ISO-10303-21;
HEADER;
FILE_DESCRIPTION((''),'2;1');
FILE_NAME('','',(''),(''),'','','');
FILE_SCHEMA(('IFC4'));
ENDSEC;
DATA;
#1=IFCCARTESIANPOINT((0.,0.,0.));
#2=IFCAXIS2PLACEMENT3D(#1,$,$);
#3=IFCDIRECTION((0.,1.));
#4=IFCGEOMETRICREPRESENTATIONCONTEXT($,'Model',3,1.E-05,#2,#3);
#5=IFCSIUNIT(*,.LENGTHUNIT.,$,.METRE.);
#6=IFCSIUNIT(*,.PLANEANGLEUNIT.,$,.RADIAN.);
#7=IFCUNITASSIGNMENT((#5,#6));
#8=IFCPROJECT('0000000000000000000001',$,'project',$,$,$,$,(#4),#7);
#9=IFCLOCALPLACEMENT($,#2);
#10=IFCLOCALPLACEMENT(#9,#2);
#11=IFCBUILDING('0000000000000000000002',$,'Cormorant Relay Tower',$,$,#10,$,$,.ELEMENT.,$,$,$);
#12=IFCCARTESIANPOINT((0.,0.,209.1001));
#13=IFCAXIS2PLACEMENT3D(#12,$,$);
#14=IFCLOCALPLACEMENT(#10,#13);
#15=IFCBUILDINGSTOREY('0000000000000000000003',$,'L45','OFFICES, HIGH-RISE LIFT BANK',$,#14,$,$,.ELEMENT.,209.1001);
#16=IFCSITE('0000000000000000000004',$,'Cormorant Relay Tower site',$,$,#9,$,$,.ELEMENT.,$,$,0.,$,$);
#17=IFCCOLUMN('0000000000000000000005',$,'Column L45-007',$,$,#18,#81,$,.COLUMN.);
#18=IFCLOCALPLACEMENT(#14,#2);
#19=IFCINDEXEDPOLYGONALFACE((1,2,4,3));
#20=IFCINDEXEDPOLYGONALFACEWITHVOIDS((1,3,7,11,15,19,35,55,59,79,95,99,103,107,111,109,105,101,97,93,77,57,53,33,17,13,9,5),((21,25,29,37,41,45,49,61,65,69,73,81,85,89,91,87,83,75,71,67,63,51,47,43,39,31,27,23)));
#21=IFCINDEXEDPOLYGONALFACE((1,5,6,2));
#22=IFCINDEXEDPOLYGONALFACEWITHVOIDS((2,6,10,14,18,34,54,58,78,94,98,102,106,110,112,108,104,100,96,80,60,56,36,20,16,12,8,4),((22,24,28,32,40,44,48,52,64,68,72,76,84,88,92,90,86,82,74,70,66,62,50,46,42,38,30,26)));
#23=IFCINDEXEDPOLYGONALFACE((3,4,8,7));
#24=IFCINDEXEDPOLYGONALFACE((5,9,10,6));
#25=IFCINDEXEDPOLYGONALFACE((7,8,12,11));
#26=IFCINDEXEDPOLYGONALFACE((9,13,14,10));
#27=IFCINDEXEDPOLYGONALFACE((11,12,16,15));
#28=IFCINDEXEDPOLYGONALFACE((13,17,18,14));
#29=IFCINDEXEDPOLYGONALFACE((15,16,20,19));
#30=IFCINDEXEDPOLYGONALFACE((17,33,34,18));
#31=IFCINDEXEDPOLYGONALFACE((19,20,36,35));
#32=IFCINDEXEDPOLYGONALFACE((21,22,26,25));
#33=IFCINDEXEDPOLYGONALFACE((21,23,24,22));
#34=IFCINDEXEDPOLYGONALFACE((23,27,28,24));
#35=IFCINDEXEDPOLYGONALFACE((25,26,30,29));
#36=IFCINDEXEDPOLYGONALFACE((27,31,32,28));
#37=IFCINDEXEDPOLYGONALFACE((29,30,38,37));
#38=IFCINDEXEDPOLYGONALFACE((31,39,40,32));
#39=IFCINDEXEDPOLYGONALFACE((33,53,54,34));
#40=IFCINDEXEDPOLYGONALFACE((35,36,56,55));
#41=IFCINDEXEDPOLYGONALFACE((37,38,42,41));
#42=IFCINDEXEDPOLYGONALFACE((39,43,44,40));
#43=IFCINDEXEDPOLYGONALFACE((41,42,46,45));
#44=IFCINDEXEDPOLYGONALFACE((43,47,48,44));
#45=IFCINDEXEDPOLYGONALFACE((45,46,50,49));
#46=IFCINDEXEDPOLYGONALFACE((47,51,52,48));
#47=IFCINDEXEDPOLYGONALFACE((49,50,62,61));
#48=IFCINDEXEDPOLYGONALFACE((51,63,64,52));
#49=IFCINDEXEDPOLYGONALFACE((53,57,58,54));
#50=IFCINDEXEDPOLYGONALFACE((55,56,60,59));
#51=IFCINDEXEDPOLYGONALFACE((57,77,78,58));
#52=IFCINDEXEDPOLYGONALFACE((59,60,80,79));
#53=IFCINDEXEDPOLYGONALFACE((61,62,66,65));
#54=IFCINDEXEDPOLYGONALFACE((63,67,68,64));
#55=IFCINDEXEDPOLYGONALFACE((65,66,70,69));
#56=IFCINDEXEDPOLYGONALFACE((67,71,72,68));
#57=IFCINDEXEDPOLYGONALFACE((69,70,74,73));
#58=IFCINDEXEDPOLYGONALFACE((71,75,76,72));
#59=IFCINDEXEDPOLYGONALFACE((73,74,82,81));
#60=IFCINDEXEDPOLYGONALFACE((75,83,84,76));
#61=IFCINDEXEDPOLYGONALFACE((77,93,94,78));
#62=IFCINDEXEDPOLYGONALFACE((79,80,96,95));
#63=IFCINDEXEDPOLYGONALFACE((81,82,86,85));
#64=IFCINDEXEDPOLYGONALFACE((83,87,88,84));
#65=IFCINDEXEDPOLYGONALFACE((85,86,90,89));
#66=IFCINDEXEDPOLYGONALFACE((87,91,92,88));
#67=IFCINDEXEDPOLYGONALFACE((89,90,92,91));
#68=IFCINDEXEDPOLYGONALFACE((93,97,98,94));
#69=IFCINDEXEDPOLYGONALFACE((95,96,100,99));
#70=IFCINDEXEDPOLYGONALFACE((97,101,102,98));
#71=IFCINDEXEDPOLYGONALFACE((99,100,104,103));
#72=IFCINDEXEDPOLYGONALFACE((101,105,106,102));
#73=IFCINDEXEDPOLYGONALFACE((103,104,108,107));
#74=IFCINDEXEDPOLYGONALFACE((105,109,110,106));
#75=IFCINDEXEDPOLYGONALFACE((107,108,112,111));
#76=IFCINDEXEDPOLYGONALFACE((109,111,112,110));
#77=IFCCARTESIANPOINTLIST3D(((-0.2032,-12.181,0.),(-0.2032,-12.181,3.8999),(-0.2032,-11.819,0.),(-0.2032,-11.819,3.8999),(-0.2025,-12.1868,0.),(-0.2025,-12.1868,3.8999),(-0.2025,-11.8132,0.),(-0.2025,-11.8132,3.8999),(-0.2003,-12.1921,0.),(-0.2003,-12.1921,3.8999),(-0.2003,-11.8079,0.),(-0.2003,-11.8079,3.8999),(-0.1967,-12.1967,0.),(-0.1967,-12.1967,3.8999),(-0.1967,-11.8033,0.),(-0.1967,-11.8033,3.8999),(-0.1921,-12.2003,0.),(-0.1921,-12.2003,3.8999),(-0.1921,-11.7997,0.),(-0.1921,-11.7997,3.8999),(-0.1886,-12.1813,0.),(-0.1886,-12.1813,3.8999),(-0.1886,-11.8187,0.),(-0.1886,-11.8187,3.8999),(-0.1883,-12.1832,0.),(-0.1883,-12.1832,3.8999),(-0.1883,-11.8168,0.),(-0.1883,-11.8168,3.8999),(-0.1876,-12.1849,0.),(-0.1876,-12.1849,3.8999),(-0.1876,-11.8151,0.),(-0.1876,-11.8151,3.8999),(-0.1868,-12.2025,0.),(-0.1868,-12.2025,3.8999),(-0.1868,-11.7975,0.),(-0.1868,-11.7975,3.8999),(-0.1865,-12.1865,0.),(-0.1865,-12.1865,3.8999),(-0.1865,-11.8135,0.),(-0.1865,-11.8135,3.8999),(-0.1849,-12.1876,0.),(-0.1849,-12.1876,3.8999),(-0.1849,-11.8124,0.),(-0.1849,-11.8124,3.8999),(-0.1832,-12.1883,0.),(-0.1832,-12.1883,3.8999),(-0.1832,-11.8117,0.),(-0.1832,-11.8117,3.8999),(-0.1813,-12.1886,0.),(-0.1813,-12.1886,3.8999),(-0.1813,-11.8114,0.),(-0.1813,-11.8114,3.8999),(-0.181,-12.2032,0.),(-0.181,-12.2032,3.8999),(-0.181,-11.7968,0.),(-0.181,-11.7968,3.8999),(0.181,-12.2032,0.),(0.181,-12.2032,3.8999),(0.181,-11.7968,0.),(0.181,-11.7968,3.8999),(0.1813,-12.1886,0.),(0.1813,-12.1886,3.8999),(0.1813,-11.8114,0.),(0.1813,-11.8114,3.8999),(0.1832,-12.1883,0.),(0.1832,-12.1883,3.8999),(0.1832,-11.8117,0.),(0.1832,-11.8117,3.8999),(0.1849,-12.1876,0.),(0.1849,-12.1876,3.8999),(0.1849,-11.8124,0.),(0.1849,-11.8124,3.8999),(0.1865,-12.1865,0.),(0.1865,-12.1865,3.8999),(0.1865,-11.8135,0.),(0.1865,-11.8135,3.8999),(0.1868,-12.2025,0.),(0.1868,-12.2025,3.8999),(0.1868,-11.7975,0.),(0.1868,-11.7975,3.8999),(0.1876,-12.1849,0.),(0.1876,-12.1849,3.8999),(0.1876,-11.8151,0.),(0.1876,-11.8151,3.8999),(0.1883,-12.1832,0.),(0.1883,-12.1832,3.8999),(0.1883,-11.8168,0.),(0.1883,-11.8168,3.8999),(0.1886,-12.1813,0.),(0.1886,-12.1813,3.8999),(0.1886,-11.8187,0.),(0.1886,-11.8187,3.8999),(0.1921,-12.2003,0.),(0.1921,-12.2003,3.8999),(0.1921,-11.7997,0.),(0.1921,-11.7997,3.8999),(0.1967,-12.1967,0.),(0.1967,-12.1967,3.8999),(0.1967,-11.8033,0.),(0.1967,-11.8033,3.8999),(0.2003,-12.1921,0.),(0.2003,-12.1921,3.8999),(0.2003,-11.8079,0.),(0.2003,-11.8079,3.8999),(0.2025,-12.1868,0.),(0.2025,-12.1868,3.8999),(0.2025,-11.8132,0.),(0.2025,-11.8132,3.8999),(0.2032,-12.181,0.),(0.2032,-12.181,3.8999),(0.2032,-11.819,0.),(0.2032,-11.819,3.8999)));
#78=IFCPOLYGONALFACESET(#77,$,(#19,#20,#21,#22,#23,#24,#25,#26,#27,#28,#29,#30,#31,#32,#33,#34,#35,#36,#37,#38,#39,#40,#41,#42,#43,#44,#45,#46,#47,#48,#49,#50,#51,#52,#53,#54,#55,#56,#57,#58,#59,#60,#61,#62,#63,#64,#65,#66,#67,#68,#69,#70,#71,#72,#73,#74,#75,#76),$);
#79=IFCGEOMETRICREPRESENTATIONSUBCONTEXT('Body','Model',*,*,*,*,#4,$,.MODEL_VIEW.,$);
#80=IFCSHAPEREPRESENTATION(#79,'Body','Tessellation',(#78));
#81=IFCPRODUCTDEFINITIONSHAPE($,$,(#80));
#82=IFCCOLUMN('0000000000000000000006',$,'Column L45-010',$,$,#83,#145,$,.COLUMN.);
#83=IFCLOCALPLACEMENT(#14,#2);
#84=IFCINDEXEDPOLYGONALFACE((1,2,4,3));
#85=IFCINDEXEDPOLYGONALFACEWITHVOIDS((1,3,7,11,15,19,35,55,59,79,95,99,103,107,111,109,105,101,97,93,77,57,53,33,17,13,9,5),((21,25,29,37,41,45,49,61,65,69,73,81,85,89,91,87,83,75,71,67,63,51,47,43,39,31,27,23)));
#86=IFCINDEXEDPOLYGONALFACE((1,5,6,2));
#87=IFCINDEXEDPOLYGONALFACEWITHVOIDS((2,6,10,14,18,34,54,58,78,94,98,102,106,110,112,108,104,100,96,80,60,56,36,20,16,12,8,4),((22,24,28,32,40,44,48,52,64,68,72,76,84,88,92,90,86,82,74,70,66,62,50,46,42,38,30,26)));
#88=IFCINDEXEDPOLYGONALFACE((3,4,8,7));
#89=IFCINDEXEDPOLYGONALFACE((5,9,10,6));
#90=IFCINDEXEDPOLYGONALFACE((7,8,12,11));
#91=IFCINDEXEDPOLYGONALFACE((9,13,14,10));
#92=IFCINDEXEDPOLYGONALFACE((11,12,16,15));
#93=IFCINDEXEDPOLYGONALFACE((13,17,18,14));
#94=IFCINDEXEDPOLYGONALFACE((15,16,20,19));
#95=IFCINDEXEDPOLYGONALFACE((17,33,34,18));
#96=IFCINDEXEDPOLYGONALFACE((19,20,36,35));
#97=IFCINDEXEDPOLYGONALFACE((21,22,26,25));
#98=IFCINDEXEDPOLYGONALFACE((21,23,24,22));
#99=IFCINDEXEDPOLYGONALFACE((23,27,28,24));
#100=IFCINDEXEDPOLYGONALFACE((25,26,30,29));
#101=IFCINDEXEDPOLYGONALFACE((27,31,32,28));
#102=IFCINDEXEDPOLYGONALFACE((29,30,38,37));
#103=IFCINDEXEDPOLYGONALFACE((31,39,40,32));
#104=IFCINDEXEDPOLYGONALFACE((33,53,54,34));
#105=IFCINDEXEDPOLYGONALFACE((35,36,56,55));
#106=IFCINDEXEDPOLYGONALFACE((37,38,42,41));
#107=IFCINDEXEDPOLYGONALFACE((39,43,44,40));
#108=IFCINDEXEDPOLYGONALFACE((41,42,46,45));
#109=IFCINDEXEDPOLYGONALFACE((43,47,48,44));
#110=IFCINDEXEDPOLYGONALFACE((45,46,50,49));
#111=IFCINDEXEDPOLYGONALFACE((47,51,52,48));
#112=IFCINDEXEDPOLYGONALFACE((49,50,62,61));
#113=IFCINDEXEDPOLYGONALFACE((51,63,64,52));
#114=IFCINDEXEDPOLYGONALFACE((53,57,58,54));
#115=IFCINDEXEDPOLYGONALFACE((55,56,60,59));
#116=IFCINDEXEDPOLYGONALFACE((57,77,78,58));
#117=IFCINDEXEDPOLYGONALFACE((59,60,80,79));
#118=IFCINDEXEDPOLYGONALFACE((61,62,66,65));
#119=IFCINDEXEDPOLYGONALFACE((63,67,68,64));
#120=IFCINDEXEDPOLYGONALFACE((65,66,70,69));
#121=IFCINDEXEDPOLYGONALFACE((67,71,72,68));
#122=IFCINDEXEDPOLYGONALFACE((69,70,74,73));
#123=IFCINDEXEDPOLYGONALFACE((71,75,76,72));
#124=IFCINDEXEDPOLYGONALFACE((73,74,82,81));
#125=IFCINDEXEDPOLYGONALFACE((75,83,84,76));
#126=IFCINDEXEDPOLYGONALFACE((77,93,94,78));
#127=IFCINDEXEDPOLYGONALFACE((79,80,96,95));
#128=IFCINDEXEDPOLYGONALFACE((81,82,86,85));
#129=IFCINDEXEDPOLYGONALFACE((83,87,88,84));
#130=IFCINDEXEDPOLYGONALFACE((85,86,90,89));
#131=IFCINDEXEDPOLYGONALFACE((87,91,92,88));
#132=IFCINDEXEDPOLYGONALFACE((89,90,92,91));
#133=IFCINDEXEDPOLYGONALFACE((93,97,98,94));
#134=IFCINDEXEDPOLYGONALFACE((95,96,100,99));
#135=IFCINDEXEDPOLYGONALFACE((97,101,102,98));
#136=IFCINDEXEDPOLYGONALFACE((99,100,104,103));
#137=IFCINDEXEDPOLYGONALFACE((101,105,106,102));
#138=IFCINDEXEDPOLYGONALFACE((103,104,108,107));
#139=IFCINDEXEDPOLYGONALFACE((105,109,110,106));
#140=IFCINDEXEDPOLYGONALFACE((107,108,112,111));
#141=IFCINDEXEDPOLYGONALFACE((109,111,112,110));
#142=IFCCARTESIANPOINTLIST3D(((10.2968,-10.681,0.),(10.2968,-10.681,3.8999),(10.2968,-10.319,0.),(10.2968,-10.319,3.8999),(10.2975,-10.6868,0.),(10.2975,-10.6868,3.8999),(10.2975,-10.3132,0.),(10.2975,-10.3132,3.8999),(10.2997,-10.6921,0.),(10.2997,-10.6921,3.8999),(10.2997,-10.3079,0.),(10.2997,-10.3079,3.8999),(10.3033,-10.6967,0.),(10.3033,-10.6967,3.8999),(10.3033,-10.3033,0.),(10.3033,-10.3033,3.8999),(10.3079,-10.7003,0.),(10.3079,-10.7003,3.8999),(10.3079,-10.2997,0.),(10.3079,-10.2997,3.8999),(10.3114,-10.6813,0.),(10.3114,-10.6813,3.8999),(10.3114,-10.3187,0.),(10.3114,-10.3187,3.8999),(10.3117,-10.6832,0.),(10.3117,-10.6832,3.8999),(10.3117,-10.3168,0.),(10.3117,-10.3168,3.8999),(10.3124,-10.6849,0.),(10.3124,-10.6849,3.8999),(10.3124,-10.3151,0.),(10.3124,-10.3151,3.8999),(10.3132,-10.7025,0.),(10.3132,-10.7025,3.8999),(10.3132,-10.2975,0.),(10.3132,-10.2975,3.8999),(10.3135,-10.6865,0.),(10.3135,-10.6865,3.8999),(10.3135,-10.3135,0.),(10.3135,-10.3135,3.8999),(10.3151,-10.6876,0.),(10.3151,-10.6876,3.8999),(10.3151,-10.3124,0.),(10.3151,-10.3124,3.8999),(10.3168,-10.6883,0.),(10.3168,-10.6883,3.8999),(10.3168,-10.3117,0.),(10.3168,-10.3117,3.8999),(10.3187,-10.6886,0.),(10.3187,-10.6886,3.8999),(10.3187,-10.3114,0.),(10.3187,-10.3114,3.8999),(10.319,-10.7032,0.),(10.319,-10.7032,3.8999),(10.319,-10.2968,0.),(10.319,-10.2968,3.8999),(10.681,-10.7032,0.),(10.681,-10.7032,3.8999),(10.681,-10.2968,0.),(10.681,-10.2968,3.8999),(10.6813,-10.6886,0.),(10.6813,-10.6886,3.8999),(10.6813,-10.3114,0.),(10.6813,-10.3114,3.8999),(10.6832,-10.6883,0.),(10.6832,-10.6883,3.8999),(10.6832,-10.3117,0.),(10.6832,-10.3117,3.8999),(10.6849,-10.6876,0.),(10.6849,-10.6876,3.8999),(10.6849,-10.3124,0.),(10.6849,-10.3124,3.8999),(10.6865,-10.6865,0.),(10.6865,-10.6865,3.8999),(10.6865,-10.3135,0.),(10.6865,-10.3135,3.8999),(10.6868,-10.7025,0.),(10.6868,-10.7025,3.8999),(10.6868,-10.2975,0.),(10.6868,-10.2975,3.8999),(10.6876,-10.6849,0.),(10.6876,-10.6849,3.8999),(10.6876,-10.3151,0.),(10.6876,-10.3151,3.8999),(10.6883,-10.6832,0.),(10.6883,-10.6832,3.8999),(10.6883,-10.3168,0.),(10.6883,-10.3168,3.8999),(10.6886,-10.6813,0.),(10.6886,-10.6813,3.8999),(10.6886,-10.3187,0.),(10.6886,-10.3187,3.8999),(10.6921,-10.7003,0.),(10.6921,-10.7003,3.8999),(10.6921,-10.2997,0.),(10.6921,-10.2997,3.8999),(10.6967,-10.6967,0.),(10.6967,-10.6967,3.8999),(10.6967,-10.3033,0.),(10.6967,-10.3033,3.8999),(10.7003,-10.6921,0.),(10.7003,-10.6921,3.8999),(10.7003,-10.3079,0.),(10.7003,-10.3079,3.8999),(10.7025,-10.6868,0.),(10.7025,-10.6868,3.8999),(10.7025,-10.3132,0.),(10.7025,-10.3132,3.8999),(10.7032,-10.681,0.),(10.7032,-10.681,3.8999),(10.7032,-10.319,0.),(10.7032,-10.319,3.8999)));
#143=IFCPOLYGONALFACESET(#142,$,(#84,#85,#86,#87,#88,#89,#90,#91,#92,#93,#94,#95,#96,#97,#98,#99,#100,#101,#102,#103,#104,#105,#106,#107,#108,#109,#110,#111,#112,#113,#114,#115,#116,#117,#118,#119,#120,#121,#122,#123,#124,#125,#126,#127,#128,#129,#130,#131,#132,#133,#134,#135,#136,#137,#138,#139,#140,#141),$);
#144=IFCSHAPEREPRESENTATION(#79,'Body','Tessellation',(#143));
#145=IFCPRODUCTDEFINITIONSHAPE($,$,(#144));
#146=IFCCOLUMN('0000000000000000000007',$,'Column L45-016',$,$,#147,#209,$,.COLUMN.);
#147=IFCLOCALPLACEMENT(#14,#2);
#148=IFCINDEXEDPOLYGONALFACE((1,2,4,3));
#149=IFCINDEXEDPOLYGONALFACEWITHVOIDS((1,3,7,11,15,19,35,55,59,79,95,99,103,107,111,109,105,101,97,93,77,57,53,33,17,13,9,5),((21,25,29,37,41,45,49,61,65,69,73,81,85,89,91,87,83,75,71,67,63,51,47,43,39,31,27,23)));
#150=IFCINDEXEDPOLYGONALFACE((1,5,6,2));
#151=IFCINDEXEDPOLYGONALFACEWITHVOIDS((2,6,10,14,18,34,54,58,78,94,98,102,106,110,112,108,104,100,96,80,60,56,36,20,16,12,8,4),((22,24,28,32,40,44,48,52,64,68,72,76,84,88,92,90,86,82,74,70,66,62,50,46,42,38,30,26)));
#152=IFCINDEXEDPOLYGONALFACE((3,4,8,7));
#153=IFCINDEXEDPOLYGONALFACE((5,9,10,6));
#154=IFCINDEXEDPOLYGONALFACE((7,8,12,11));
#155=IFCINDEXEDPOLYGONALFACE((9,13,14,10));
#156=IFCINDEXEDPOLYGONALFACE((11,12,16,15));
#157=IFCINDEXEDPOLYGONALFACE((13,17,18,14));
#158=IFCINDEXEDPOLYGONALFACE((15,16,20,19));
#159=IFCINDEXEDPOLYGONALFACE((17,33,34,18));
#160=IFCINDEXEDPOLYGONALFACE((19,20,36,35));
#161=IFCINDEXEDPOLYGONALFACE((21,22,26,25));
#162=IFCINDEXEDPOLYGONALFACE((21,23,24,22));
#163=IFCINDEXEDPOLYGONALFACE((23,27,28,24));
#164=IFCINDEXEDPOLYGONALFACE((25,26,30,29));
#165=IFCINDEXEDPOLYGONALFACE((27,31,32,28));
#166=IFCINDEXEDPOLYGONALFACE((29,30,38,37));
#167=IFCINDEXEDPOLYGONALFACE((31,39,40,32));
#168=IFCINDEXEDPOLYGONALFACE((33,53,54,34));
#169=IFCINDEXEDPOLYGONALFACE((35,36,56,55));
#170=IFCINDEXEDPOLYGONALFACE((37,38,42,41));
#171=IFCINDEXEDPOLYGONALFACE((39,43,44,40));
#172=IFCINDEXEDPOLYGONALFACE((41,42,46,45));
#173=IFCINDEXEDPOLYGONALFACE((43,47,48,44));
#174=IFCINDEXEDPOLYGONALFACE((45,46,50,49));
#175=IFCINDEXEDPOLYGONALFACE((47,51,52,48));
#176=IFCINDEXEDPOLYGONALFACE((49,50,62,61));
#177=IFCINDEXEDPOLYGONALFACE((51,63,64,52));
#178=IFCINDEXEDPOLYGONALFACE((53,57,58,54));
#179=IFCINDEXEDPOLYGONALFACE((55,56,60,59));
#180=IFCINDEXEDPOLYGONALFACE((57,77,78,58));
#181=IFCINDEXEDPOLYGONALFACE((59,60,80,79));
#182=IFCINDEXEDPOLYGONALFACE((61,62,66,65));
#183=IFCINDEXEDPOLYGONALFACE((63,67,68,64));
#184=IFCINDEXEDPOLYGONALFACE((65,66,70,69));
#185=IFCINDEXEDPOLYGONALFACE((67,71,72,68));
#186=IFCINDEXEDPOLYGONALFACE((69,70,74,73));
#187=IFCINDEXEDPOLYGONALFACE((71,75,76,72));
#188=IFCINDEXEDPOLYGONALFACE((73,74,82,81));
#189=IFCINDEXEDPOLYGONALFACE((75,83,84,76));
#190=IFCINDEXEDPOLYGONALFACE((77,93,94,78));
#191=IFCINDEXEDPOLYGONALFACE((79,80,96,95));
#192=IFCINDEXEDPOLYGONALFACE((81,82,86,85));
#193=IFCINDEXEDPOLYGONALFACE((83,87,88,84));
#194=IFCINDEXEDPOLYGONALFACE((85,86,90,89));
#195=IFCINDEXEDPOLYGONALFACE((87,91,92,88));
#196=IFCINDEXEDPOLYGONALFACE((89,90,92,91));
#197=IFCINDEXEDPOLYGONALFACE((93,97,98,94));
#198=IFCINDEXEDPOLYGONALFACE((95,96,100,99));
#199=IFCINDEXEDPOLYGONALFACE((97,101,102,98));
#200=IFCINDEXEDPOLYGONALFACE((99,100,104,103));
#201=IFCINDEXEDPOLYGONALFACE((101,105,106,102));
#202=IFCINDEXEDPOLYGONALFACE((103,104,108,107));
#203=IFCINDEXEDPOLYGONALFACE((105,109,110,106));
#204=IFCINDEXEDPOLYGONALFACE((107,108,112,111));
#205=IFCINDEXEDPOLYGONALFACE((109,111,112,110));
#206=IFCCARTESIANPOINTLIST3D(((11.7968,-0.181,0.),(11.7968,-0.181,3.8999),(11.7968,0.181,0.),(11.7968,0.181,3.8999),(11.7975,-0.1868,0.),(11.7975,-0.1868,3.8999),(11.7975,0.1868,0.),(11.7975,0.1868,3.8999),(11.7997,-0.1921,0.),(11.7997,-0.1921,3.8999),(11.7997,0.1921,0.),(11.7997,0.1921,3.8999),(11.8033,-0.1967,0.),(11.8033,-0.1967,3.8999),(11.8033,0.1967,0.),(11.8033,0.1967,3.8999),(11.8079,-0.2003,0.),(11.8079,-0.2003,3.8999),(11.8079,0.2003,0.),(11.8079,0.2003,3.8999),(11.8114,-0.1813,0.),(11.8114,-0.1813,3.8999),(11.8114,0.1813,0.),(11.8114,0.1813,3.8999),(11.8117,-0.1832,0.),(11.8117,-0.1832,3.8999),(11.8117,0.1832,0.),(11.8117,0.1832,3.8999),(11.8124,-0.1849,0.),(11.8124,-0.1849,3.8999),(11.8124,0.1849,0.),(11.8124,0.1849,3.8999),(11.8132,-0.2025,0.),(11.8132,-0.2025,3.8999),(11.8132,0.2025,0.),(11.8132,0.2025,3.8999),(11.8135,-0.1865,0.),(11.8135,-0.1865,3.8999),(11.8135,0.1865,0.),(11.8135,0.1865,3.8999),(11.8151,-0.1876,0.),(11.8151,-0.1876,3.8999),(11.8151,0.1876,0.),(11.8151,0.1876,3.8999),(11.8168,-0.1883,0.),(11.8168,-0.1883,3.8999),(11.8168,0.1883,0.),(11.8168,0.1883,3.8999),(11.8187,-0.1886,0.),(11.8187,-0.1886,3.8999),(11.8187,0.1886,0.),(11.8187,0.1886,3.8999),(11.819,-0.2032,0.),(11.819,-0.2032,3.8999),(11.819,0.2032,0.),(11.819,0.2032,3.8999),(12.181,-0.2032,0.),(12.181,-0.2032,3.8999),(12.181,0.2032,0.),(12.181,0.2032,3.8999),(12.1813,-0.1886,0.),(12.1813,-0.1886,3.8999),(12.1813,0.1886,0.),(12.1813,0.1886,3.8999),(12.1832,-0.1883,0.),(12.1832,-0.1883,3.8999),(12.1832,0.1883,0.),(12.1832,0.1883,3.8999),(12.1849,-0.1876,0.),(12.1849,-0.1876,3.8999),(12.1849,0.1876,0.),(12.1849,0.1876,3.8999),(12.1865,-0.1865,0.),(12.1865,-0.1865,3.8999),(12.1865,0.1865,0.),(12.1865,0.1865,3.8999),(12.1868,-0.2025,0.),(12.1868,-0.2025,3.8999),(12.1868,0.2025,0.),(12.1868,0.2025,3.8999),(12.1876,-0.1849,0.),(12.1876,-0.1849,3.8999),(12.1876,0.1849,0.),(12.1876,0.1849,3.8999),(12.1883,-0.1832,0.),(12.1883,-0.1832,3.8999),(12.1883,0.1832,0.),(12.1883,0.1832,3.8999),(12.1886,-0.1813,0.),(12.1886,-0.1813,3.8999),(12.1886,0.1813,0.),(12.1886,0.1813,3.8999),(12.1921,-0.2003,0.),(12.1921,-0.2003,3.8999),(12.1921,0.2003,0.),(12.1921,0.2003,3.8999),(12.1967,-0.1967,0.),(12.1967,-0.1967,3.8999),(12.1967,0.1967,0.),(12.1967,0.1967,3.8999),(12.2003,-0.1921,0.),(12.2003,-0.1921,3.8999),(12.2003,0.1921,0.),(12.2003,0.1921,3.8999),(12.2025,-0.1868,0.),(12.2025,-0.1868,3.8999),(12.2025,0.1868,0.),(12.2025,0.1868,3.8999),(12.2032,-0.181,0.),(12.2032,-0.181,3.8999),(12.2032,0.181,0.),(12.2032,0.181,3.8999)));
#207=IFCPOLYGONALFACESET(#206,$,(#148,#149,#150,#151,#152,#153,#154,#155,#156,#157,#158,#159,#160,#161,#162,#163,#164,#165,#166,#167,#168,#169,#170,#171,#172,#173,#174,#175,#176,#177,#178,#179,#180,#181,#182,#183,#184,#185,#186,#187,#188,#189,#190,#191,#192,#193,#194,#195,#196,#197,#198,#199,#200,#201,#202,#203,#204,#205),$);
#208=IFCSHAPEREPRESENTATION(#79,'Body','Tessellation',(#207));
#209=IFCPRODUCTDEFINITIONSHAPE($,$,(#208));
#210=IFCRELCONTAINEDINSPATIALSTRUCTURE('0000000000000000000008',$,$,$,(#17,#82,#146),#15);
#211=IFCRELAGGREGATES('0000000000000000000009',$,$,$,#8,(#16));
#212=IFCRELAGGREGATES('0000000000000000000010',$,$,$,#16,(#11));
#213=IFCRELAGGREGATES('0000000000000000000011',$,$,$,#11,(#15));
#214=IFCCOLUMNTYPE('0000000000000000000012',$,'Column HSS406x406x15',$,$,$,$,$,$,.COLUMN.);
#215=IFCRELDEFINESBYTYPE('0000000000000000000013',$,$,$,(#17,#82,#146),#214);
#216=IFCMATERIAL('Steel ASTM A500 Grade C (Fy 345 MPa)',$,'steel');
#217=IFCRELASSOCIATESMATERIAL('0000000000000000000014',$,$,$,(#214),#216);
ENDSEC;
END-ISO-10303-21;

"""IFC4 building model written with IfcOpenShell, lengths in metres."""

from ifc_helpers import new_model, si_unit, direction, frame, origin, origin_2d, place, context, subcontext, project, spatial, hollow_rectangle, extrude, material, material_profile, profile_set, type_object, element, save


model = new_model("IFC4")

# Units and contexts
model_context = context("Model", 3, precision=1e-05, world=origin(), true_north=direction((0.0, 1.0)))
body_context = subcontext(model_context, "Body", "Model", "MODEL_VIEW")
ifc_project = project(units=[si_unit("LENGTHUNIT", "METRE"), si_unit("PLANEANGLEUNIT", "RADIAN")], contexts=[model_context])

# Site, building, storey
site_placement = place(None, origin())
site = spatial("IfcSite", under=ifc_project, at=site_placement, Name="Cormorant Relay Tower site", CompositionType="ELEMENT", RefElevation=0.0)
building_placement = place(site_placement, origin())
building = spatial("IfcBuilding", under=site, at=building_placement, Name="Cormorant Relay Tower", CompositionType="ELEMENT")
storey_placement = place(building_placement, frame((0.0, 0.0, 209.1001)))
storey = spatial("IfcBuildingStorey", under=building, at=storey_placement, Name="L45", Description="OFFICES, HIGH-RISE LIFT BANK", CompositionType="ELEMENT", Elevation=209.1001)

# Columns
ifc_material_1 = material(Name="Steel ASTM A500 Grade C (Fy 345 MPa)", Category="steel")
ifc_material_profile = material_profile(ifc_material_1, hollow_rectangle(XDim=0.4065, YDim=0.4065, WallThickness=0.0146, InnerFilletRadius=0.0073, OuterFilletRadius=0.0222, at=origin_2d()), Name="HSS406x406x15")
ifc_profile_set = profile_set([ifc_material_profile], Name="Steel ASTM A500 Grade C (Fy 345 MPa)")
column_type = type_object("IfcColumnType", Name="Column HSS406x406x15", PredefinedType="COLUMN", material=ifc_profile_set)
for number, where, z_axis, x_axis, name in (
    (1, (0.0, -12.0, 0.0), (0.0, 0.0, 1.0), (1.0, 0.0, 0.0), "Column L45-007"),
    (2, (10.5, -10.5, 0.0), (0.0, 0.0, 1.0), (1.0, 0.0, 0.0), "Column L45-010"),
    (3, (12.0, 0.0, 0.0), (0.0, 0.0, 1.0), (1.0, 0.0, 0.0), "Column L45-016"),
):
    element("IfcColumn", number, at=place(storey_placement, frame(where, z_axis=z_axis, x_axis=x_axis)), inside=storey, type_object=column_type, Name=name, PredefinedType="COLUMN", context=body_context, shape_type="SweptSolid", body=[
        extrude(hollow_rectangle(XDim=0.4065, YDim=0.4065, WallThickness=0.0146, InnerFilletRadius=0.0073, OuterFilletRadius=0.0222, at=origin_2d()), origin(), (0.0, 0.0, 1.0), 3.8999),
    ])

save(model, "model.ifc")
